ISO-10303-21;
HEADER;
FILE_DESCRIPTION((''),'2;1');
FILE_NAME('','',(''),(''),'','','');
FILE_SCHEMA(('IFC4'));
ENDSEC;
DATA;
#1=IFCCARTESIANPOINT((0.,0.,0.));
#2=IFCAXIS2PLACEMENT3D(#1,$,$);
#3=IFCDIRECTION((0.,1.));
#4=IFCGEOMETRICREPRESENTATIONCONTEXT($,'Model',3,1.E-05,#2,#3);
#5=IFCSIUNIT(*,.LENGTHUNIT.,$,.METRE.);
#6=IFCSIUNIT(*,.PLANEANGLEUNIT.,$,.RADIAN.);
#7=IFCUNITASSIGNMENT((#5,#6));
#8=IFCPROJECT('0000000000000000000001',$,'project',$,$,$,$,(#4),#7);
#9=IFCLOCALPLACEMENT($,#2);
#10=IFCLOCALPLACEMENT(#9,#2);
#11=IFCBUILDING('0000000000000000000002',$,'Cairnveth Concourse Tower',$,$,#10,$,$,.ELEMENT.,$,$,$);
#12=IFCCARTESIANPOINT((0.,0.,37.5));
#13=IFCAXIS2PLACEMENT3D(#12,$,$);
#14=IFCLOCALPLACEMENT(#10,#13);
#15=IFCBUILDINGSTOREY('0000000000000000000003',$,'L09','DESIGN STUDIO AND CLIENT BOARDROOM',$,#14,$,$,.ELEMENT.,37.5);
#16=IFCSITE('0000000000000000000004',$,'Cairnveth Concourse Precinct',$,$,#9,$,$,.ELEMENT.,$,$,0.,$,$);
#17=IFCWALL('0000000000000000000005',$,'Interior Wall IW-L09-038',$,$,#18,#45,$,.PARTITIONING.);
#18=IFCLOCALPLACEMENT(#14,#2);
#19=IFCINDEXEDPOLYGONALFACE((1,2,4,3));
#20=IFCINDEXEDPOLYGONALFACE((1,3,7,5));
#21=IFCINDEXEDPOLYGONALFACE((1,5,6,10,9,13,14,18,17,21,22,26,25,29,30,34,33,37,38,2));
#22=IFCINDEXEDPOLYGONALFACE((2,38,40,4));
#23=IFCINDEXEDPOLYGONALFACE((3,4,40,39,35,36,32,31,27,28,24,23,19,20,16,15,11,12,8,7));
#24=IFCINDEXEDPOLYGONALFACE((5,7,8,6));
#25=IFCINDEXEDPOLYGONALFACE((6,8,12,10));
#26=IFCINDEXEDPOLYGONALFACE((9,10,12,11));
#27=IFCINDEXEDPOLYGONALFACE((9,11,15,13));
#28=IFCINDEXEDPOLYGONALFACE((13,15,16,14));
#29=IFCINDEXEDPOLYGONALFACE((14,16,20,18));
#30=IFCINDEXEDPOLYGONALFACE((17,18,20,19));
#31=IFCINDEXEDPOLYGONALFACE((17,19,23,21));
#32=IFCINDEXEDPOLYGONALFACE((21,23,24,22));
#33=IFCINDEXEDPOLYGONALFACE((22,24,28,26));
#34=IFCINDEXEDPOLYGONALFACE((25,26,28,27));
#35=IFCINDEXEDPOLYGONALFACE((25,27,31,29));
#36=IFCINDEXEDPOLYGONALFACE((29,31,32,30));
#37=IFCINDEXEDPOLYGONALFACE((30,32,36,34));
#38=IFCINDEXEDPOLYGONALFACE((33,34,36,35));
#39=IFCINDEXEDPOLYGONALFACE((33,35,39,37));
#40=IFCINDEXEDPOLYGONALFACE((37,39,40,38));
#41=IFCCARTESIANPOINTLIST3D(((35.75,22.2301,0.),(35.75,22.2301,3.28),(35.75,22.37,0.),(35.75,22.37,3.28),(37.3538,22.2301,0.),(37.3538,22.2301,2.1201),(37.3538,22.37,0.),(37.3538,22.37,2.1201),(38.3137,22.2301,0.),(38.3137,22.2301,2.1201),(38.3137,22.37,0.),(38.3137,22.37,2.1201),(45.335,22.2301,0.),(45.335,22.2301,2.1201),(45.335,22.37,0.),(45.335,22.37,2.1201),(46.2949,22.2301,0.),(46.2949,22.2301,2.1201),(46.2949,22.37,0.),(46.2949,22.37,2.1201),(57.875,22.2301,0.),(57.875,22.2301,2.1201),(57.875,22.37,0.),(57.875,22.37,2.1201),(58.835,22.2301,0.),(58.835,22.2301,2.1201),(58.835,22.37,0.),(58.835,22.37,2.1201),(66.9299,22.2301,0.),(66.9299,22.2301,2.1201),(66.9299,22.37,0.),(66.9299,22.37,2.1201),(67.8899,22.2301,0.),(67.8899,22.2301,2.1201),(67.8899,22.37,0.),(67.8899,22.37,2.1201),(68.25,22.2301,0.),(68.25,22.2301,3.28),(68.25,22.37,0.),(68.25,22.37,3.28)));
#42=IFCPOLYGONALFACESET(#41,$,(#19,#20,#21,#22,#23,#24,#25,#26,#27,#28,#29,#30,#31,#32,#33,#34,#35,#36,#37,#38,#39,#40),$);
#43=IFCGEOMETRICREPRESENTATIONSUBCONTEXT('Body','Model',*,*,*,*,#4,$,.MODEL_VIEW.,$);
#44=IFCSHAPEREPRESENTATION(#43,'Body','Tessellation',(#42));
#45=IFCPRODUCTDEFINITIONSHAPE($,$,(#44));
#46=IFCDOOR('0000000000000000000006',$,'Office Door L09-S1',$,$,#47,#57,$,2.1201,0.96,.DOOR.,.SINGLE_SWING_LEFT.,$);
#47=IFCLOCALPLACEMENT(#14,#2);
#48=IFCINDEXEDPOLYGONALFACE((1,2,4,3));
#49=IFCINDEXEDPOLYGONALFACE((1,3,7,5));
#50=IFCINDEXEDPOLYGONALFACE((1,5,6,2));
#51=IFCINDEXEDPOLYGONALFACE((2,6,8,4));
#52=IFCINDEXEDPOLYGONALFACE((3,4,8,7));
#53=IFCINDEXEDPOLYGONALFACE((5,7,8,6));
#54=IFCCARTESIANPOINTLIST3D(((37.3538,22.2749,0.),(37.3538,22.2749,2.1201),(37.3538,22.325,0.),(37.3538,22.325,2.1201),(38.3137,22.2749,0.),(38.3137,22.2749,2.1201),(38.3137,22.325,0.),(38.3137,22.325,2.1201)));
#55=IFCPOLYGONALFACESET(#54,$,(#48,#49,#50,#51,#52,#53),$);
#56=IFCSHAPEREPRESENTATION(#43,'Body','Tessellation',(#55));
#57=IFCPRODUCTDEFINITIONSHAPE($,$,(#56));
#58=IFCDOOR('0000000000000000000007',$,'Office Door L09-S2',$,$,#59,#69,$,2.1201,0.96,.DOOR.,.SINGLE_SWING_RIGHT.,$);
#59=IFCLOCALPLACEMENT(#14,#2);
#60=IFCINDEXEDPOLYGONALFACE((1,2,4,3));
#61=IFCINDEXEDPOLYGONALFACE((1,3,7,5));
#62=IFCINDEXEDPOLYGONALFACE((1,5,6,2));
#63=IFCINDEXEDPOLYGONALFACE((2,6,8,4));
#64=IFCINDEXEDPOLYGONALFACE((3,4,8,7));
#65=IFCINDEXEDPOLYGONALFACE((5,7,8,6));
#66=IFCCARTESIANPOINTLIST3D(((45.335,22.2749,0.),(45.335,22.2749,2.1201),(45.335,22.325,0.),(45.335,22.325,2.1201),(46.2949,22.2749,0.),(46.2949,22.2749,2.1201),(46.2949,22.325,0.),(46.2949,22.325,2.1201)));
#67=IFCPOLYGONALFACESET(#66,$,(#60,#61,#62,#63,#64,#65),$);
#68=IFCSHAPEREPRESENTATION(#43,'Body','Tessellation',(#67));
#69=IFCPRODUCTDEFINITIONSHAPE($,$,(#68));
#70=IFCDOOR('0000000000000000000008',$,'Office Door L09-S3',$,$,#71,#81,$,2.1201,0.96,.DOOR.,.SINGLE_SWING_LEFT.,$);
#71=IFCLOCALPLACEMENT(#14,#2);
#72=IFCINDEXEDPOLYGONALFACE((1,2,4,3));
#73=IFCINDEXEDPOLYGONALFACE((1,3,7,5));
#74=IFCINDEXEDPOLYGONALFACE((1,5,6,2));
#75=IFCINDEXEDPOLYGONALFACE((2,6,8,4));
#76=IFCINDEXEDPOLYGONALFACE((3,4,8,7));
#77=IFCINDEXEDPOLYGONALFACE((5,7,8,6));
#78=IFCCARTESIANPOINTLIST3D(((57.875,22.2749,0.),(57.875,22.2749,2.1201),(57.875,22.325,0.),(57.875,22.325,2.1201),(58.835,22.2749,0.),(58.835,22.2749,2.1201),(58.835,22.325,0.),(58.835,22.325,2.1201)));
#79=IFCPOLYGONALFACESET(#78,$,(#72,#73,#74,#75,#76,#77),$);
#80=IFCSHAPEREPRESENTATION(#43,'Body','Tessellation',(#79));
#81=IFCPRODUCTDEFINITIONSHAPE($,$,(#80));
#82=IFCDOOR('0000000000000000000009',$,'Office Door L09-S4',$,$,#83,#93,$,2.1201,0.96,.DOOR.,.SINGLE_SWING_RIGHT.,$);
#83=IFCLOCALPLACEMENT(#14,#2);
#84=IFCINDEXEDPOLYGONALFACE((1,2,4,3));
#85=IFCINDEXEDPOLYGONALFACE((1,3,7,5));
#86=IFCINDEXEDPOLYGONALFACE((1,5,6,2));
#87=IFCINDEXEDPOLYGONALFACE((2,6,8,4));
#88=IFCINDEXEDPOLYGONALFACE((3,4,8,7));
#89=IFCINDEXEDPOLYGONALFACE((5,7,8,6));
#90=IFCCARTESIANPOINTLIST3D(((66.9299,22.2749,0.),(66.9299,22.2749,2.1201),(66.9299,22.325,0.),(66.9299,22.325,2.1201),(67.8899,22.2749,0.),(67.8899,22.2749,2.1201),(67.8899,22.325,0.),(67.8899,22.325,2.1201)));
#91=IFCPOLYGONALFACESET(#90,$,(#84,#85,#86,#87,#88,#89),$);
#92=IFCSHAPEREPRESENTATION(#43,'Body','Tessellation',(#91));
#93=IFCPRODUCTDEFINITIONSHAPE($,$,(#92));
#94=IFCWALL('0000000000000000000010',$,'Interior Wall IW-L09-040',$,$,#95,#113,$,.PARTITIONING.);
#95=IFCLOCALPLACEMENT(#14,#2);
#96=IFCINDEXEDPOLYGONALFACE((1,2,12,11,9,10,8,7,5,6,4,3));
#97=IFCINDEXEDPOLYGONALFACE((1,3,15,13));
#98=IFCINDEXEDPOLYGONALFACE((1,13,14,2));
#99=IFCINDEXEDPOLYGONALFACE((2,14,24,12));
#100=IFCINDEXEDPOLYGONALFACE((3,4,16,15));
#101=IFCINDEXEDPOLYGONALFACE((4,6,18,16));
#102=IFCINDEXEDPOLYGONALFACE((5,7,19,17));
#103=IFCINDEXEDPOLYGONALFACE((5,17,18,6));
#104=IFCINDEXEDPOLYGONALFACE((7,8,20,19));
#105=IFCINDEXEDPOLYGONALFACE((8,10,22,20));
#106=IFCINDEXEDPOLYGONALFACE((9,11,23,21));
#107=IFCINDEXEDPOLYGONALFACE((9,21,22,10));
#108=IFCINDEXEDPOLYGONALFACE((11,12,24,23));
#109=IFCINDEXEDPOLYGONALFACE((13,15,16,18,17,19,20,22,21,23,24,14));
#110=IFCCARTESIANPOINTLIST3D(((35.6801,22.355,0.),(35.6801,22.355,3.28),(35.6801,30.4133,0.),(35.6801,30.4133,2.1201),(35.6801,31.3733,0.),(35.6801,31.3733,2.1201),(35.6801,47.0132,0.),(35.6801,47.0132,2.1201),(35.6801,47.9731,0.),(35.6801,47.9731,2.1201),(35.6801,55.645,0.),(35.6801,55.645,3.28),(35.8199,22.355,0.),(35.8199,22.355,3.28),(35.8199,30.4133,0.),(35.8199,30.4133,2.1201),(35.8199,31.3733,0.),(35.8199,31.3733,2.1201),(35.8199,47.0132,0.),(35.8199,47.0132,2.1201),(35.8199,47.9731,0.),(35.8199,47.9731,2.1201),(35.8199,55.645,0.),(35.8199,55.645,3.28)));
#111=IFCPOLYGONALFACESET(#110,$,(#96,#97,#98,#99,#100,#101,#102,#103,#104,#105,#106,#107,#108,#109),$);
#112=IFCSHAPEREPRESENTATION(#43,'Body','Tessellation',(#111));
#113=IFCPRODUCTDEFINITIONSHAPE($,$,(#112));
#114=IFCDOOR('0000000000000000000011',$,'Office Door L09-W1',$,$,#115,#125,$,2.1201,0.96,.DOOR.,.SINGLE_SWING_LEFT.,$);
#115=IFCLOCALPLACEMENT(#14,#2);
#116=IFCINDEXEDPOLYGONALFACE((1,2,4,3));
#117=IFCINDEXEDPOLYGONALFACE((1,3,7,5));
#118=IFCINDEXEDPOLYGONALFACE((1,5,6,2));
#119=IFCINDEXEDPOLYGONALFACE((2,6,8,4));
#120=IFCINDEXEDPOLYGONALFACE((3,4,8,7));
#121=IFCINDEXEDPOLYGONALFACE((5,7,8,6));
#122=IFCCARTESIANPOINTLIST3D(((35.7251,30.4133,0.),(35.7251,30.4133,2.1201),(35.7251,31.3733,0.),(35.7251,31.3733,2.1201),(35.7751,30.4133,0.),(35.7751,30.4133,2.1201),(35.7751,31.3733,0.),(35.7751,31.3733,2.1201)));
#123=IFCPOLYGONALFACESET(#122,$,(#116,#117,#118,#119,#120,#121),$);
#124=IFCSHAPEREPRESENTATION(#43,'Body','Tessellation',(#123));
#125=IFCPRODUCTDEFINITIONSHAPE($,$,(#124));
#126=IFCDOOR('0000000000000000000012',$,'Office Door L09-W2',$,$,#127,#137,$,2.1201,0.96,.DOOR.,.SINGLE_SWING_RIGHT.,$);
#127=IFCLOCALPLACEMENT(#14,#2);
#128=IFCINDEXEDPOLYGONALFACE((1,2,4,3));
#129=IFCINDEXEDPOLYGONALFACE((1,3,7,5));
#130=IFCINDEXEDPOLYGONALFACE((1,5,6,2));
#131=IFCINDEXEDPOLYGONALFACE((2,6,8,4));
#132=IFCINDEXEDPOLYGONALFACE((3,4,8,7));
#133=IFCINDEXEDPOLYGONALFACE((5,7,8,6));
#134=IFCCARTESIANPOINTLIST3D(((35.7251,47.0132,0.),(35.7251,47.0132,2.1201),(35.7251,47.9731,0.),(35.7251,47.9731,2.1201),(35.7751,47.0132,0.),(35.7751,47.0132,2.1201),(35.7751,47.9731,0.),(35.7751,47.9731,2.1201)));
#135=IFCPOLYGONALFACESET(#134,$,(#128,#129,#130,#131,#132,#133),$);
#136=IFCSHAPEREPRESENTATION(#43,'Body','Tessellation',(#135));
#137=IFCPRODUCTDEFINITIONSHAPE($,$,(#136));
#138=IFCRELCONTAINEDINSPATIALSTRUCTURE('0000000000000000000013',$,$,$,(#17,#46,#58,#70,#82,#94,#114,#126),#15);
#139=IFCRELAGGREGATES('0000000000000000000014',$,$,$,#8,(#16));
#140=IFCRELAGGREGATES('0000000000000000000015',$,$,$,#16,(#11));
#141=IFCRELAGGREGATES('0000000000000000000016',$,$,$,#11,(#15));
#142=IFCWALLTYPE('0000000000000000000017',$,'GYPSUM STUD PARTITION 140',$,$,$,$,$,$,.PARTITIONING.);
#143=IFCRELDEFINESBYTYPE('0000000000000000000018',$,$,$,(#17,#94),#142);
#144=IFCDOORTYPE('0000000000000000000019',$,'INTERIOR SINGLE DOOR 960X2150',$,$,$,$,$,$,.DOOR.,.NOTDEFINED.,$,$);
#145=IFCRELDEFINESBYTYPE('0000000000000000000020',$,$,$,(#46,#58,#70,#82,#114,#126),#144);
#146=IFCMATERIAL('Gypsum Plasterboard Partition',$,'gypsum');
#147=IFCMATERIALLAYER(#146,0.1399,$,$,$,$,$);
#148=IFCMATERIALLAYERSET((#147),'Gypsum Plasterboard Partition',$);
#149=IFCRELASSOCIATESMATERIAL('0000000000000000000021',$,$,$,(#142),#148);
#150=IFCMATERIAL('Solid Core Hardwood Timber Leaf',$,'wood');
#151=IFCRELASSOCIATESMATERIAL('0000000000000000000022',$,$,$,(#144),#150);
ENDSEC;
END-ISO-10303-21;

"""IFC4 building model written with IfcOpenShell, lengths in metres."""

from ifc_helpers import new_model, si_unit, direction, frame, frame_2d, origin, place, context, subcontext, project, spatial, rectangle, extrude, material, layer, layer_set, type_object, element, fill, save


model = new_model("IFC4")

# Units and contexts
model_context = context("Model", 3, precision=1e-05, world=origin(), true_north=direction((0.0, 1.0)))
body_context = subcontext(model_context, "Body", "Model", "MODEL_VIEW")
ifc_project = project(units=[si_unit("LENGTHUNIT", "METRE"), si_unit("PLANEANGLEUNIT", "RADIAN")], contexts=[model_context])

# Site, building, storey
site_placement = place(None, origin())
site = spatial("IfcSite", under=ifc_project, at=site_placement, Name="Cairnveth Concourse Precinct", CompositionType="ELEMENT", RefElevation=0.0)
building_placement = place(site_placement, origin())
building = spatial("IfcBuilding", under=site, at=building_placement, Name="Cairnveth Concourse Tower", CompositionType="ELEMENT")
storey_placement = place(building_placement, frame((0.0, 0.0, 37.5)))
storey = spatial("IfcBuildingStorey", under=building, at=storey_placement, Name="L09", Description="DESIGN STUDIO AND CLIENT BOARDROOM", CompositionType="ELEMENT", Elevation=37.5)

# Walls, openings, doors
ifc_material_1 = material(Name="Gypsum Plasterboard Partition", Category="gypsum")
ifc_layer_1 = layer(ifc_material_1, 0.1399)
ifc_layer_set_1 = layer_set([ifc_layer_1], Name="Gypsum Plasterboard Partition")
wall_type = type_object("IfcWallType", Name="GYPSUM STUD PARTITION 140", PredefinedType="PARTITIONING", material=ifc_layer_set_1)
wall_1_placement = place(storey_placement, frame((35.75, 22.3, 0.0), z_axis=(0.0, 0.0, 1.0), x_axis=(1.0, 0.0, 0.0)))
wall_1 = element("IfcWall", 1, at=wall_1_placement, inside=storey, type_object=wall_type, Name="Interior Wall IW-L09-038", PredefinedType="PARTITIONING", context=body_context, shape_type="SweptSolid", body=[
    extrude(rectangle(XDim=32.5, YDim=0.1399, at=frame_2d((16.25, 0.0))), origin(), (0.0, 0.0, 1.0), 3.28),
])
opening_1_placement = place(wall_1_placement, frame((1.6038, 0.0, 0.0)))
opening_1 = element("IfcOpeningElement", 2, at=opening_1_placement, cuts=wall_1, PredefinedType="OPENING", context=body_context, shape_type="SweptSolid", body=[
    extrude(rectangle(XDim=0.96, YDim=2.1201, at=frame_2d((0.48, 1.0601))), frame((0.0, 0.0798, 0.0), z_axis=(0.0, -1.0, 0.0), x_axis=(1.0, 0.0, 0.0)), (0.0, 0.0, 1.0), 0.1599),
])
opening_2_placement = place(wall_1_placement, frame((9.585, 0.0, 0.0)))
opening_2 = element("IfcOpeningElement", 3, at=opening_2_placement, cuts=wall_1, PredefinedType="OPENING", context=body_context, shape_type="SweptSolid", body=[
    extrude(rectangle(XDim=0.96, YDim=2.1201, at=frame_2d((0.48, 1.0601))), frame((0.0, 0.0798, 0.0), z_axis=(0.0, -1.0, 0.0), x_axis=(1.0, 0.0, 0.0)), (0.0, 0.0, 1.0), 0.1599),
])
opening_3_placement = place(wall_1_placement, frame((22.125, 0.0, 0.0)))
opening_3 = element("IfcOpeningElement", 4, at=opening_3_placement, cuts=wall_1, PredefinedType="OPENING", context=body_context, shape_type="SweptSolid", body=[
    extrude(rectangle(XDim=0.96, YDim=2.1201, at=frame_2d((0.48, 1.0601))), frame((0.0, 0.0798, 0.0), z_axis=(0.0, -1.0, 0.0), x_axis=(1.0, 0.0, 0.0)), (0.0, 0.0, 1.0), 0.1599),
])
opening_4_placement = place(wall_1_placement, frame((31.1799, 0.0, 0.0)))
opening_4 = element("IfcOpeningElement", 5, at=opening_4_placement, cuts=wall_1, PredefinedType="OPENING", context=body_context, shape_type="SweptSolid", body=[
    extrude(rectangle(XDim=0.96, YDim=2.1201, at=frame_2d((0.48, 1.0601))), frame((0.0, 0.0798, 0.0), z_axis=(0.0, -1.0, 0.0), x_axis=(1.0, 0.0, 0.0)), (0.0, 0.0, 1.0), 0.1599),
])
ifc_material_2 = material(Name="Solid Core Hardwood Timber Leaf", Category="wood")
door_type_1 = type_object("IfcDoorType", Name="INTERIOR SINGLE DOOR 960X2150", OperationType="NOTDEFINED", PredefinedType="DOOR", material=ifc_material_2)
door_1_placement = place(opening_1_placement, origin())
door_1 = element("IfcDoor", 6, at=door_1_placement, inside=storey, type_object=door_type_1, Name="Office Door L09-S1", OperationType="SINGLE_SWING_LEFT", OverallHeight=2.1201, OverallWidth=0.96, PredefinedType="DOOR", context=body_context, shape_type="SweptSolid", body=[
    extrude(rectangle(XDim=0.96, YDim=2.1201, at=frame_2d((0.48, 1.0601))), frame((0.0, 0.0249, 0.0), z_axis=(0.0, -1.0, 0.0), x_axis=(1.0, 0.0, 0.0)), (0.0, 0.0, 1.0), 0.05),
])
fill(opening_1, door_1)
door_2_placement = place(opening_2_placement, origin())
door_2 = element("IfcDoor", 7, at=door_2_placement, inside=storey, type_object=door_type_1, Name="Office Door L09-S2", OperationType="SINGLE_SWING_RIGHT", OverallHeight=2.1201, OverallWidth=0.96, PredefinedType="DOOR", context=body_context, shape_type="SweptSolid", body=[
    extrude(rectangle(XDim=0.96, YDim=2.1201, at=frame_2d((0.48, 1.0601))), frame((0.0, 0.0249, 0.0), z_axis=(0.0, -1.0, 0.0), x_axis=(1.0, 0.0, 0.0)), (0.0, 0.0, 1.0), 0.05),
])
fill(opening_2, door_2)
door_3_placement = place(opening_3_placement, origin())
door_3 = element("IfcDoor", 8, at=door_3_placement, inside=storey, type_object=door_type_1, Name="Office Door L09-S3", OperationType="SINGLE_SWING_LEFT", OverallHeight=2.1201, OverallWidth=0.96, PredefinedType="DOOR", context=body_context, shape_type="SweptSolid", body=[
    extrude(rectangle(XDim=0.96, YDim=2.1201, at=frame_2d((0.48, 1.0601))), frame((0.0, 0.0249, 0.0), z_axis=(0.0, -1.0, 0.0), x_axis=(1.0, 0.0, 0.0)), (0.0, 0.0, 1.0), 0.05),
])
fill(opening_3, door_3)
door_4_placement = place(opening_4_placement, origin())
door_4 = element("IfcDoor", 9, at=door_4_placement, inside=storey, type_object=door_type_1, Name="Office Door L09-S4", OperationType="SINGLE_SWING_RIGHT", OverallHeight=2.1201, OverallWidth=0.96, PredefinedType="DOOR", context=body_context, shape_type="SweptSolid", body=[
    extrude(rectangle(XDim=0.96, YDim=2.1201, at=frame_2d((0.48, 1.0601))), frame((0.0, 0.0249, 0.0), z_axis=(0.0, -1.0, 0.0), x_axis=(1.0, 0.0, 0.0)), (0.0, 0.0, 1.0), 0.05),
])
fill(opening_4, door_4)
wall_2_placement = place(storey_placement, frame((35.75, 22.355, 0.0), z_axis=(0.0, 0.0, 1.0), x_axis=(0.0, 1.0, 0.0)))
wall_2 = element("IfcWall", 10, at=wall_2_placement, inside=storey, type_object=wall_type, Name="Interior Wall IW-L09-040", PredefinedType="PARTITIONING", context=body_context, shape_type="SweptSolid", body=[
    extrude(rectangle(XDim=33.29, YDim=0.1399, at=frame_2d((16.645, 0.0))), origin(), (0.0, 0.0, 1.0), 3.28),
])
opening_5_placement = place(wall_2_placement, frame((8.0583, 0.0, 0.0)))
opening_5 = element("IfcOpeningElement", 11, at=opening_5_placement, cuts=wall_2, PredefinedType="OPENING", context=body_context, shape_type="SweptSolid", body=[
    extrude(rectangle(XDim=0.96, YDim=2.1201, at=frame_2d((0.48, 1.0601))), frame((0.0, 0.0798, 0.0), z_axis=(0.0, -1.0, 0.0), x_axis=(1.0, 0.0, 0.0)), (0.0, 0.0, 1.0), 0.1599),
])
opening_6_placement = place(wall_2_placement, frame((24.6582, 0.0, 0.0)))
opening_6 = element("IfcOpeningElement", 12, at=opening_6_placement, cuts=wall_2, PredefinedType="OPENING", context=body_context, shape_type="SweptSolid", body=[
    extrude(rectangle(XDim=0.96, YDim=2.1201, at=frame_2d((0.48, 1.0601))), frame((0.0, 0.0798, 0.0), z_axis=(0.0, -1.0, 0.0), x_axis=(1.0, 0.0, 0.0)), (0.0, 0.0, 1.0), 0.1599),
])
door_5_placement = place(opening_5_placement, origin())
door_5 = element("IfcDoor", 13, at=door_5_placement, inside=storey, type_object=door_type_1, Name="Office Door L09-W1", OperationType="SINGLE_SWING_LEFT", OverallHeight=2.1201, OverallWidth=0.96, PredefinedType="DOOR", context=body_context, shape_type="SweptSolid", body=[
    extrude(rectangle(XDim=0.96, YDim=2.1201, at=frame_2d((0.48, 1.0601))), frame((0.0, 0.0249, 0.0), z_axis=(0.0, -1.0, 0.0), x_axis=(1.0, 0.0, 0.0)), (0.0, 0.0, 1.0), 0.05),
])
fill(opening_5, door_5)
door_6_placement = place(opening_6_placement, origin())
door_6 = element("IfcDoor", 14, at=door_6_placement, inside=storey, type_object=door_type_1, Name="Office Door L09-W2", OperationType="SINGLE_SWING_RIGHT", OverallHeight=2.1201, OverallWidth=0.96, PredefinedType="DOOR", context=body_context, shape_type="SweptSolid", body=[
    extrude(rectangle(XDim=0.96, YDim=2.1201, at=frame_2d((0.48, 1.0601))), frame((0.0, 0.0249, 0.0), z_axis=(0.0, -1.0, 0.0), x_axis=(1.0, 0.0, 0.0)), (0.0, 0.0, 1.0), 0.05),
])
fill(opening_6, door_6)

save(model, "model.ifc")
